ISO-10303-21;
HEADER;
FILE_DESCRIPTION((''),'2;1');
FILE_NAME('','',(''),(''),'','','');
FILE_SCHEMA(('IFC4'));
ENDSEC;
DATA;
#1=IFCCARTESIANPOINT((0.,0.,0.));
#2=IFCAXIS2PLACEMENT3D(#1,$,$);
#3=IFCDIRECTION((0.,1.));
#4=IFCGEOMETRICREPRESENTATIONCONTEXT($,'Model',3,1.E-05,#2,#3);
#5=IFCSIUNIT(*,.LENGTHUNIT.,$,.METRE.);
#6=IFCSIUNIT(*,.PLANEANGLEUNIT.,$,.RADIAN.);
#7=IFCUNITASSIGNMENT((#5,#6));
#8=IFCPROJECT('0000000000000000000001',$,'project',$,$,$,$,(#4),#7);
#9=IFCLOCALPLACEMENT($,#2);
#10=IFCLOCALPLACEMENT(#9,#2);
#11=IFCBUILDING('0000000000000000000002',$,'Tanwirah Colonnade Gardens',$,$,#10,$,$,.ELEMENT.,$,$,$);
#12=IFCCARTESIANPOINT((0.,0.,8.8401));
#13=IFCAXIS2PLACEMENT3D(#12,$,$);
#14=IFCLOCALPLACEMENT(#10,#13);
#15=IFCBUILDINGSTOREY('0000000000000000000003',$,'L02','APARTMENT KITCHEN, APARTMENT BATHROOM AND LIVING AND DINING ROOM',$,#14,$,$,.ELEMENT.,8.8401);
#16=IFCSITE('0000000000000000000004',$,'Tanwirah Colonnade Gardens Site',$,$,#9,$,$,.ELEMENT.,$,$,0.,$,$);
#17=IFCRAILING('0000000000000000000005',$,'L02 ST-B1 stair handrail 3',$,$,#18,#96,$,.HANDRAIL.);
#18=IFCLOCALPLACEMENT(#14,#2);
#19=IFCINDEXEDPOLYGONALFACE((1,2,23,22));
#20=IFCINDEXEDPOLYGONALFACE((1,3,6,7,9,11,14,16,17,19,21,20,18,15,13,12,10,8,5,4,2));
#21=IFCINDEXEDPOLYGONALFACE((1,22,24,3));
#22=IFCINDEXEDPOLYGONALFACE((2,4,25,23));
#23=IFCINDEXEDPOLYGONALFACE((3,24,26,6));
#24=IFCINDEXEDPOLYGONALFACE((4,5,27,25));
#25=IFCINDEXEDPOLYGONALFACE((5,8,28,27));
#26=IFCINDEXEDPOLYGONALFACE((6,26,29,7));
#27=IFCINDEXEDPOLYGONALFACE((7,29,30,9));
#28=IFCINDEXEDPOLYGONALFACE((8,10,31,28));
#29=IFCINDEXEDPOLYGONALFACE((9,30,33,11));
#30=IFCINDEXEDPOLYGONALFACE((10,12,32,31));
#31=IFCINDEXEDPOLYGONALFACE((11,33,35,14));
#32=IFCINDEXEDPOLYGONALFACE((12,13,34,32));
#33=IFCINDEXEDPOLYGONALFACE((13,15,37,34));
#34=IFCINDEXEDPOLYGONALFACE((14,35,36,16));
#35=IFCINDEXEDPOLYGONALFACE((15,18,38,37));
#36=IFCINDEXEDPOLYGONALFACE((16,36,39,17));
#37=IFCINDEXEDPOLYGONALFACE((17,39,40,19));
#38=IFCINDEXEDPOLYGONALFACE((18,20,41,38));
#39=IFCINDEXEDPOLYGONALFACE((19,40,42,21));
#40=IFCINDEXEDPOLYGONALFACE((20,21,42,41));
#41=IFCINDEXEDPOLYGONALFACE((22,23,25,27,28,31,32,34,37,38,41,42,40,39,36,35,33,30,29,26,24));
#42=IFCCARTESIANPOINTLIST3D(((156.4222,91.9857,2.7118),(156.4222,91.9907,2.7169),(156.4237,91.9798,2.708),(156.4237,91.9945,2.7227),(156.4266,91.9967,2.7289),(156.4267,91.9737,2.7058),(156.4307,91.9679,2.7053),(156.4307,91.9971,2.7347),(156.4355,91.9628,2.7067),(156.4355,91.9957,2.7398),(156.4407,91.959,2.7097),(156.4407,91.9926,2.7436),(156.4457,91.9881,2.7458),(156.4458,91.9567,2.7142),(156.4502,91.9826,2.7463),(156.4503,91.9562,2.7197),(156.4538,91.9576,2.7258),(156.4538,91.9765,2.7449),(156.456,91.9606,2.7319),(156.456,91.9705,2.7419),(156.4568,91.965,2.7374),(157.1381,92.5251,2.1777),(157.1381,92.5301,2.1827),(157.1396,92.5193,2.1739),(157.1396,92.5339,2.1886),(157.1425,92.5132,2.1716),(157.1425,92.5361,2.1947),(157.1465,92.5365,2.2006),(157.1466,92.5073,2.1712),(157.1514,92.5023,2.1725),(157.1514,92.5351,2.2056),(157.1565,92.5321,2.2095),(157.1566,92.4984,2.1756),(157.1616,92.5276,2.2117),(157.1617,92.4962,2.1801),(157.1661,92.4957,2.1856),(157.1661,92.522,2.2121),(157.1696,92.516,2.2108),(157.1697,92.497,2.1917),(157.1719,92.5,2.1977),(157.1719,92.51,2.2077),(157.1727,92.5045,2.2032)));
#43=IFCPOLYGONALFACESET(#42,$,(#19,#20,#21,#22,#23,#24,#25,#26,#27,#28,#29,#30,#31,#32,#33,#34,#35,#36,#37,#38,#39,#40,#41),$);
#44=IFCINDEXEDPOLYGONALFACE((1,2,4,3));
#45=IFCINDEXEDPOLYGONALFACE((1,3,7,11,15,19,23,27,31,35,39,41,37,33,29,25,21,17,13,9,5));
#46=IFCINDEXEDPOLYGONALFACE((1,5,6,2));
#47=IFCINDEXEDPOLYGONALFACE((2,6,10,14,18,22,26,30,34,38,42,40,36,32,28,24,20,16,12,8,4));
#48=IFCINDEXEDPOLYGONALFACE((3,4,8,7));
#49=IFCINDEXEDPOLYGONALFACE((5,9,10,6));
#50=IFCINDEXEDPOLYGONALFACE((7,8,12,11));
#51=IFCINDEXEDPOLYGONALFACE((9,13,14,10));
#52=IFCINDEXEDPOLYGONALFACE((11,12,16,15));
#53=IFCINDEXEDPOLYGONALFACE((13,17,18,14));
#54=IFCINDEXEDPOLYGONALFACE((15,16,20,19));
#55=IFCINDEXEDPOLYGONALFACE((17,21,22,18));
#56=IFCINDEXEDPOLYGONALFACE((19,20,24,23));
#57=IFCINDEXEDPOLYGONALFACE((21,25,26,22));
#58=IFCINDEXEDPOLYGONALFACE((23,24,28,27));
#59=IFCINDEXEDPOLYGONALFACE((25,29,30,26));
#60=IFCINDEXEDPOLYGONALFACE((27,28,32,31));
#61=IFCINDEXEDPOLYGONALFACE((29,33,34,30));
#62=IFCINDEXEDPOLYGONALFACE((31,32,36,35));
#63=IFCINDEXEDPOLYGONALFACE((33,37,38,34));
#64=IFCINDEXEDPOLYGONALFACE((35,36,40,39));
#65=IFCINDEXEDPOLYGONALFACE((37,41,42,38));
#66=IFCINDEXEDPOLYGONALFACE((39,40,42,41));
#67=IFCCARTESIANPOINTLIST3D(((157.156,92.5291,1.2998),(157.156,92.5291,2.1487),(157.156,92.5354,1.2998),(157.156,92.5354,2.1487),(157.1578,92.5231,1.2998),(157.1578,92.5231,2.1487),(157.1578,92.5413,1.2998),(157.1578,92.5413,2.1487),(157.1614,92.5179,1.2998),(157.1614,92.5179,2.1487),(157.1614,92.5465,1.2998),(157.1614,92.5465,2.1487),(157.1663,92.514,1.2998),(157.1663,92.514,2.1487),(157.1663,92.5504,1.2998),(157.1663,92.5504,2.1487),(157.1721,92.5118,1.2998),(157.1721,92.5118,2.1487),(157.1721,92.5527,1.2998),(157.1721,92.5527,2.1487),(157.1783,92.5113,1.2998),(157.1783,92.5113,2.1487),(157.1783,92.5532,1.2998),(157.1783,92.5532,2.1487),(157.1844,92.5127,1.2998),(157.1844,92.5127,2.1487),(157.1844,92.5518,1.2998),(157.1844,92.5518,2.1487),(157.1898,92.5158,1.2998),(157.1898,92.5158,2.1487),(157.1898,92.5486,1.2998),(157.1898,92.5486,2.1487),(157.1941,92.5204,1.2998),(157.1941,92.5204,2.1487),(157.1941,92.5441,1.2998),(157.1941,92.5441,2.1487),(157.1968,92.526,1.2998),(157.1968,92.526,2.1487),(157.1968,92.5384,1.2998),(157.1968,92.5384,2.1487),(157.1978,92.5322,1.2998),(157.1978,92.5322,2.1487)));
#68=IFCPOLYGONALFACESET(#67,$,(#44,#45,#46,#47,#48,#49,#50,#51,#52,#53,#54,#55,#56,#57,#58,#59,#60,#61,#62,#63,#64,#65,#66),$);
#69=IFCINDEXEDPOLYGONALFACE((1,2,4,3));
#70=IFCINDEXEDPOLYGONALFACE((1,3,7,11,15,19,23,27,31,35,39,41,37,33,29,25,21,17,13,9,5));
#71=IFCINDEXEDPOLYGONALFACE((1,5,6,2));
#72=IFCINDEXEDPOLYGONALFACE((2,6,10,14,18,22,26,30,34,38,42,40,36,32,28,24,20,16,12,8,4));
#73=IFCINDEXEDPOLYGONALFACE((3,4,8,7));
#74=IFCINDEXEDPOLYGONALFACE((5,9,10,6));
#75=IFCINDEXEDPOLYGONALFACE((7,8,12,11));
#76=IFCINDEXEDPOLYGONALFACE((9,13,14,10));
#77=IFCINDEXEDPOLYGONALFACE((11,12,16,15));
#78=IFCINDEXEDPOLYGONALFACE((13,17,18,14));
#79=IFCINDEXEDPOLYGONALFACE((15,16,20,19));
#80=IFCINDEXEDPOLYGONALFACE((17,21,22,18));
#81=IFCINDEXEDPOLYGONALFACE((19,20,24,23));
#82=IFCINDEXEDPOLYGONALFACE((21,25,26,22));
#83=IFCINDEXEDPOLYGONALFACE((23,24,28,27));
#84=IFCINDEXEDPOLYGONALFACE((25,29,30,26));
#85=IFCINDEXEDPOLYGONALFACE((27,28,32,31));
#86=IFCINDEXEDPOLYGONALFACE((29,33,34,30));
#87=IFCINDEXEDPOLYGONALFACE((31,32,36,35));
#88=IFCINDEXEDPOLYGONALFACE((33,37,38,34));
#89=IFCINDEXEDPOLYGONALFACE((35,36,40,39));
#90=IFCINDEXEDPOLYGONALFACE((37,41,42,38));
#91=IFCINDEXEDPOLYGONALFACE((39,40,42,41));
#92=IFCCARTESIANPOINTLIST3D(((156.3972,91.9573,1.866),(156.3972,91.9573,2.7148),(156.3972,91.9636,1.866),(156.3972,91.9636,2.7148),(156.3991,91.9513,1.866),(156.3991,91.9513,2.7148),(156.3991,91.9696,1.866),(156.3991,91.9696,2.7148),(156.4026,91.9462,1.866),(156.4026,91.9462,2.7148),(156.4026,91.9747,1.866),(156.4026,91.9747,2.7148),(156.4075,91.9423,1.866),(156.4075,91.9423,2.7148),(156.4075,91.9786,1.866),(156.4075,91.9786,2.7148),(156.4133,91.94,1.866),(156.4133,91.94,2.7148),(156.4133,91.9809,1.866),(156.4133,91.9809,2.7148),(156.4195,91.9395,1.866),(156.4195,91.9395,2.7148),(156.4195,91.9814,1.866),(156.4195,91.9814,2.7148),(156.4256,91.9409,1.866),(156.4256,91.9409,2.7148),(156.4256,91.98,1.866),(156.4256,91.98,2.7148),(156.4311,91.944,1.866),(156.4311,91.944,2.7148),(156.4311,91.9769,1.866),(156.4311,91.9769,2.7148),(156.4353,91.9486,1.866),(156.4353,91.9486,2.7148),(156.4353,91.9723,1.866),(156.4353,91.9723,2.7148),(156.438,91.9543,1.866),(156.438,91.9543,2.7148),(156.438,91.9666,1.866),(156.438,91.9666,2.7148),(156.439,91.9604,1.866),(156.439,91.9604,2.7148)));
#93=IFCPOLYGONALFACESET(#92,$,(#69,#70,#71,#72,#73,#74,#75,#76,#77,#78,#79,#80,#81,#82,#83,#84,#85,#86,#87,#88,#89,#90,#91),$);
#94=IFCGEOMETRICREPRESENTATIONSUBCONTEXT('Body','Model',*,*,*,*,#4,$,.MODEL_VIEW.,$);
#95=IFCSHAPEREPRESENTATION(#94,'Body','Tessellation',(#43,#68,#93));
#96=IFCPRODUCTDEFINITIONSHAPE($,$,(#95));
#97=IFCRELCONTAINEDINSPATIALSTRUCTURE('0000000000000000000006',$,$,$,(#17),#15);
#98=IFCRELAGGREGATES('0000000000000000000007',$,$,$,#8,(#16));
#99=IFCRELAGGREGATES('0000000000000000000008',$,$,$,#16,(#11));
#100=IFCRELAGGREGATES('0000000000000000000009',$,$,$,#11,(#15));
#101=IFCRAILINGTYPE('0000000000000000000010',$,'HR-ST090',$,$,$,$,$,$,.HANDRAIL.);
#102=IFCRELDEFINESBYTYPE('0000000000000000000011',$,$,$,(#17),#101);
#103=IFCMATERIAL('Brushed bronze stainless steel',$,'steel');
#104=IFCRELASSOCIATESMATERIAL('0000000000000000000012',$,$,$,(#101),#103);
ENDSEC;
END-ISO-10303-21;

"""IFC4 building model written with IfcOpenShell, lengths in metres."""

from ifc_helpers import new_model, si_unit, direction, frame, origin, origin_2d, place, context, subcontext, project, spatial, circle, extrude, material, type_object, element, save


model = new_model("IFC4")

# Units and contexts
model_context = context("Model", 3, precision=1e-05, world=origin(), true_north=direction((0.0, 1.0)))
body_context = subcontext(model_context, "Body", "Model", "MODEL_VIEW")
ifc_project = project(units=[si_unit("LENGTHUNIT", "METRE"), si_unit("PLANEANGLEUNIT", "RADIAN")], contexts=[model_context])

# Site, building, storey
site_placement = place(None, origin())
site = spatial("IfcSite", under=ifc_project, at=site_placement, Name="Tanwirah Colonnade Gardens Site", CompositionType="ELEMENT", RefElevation=0.0)
building_placement = place(site_placement, origin())
building = spatial("IfcBuilding", under=site, at=building_placement, Name="Tanwirah Colonnade Gardens", CompositionType="ELEMENT")
storey_placement = place(building_placement, frame((0.0, 0.0, 8.8401)))
storey = spatial("IfcBuildingStorey", under=building, at=storey_placement, Name="L02", Description="APARTMENT KITCHEN, APARTMENT BATHROOM AND LIVING AND DINING ROOM", CompositionType="ELEMENT", Elevation=8.8401)

# Railing
ifc_material_1 = material(Name="Brushed bronze stainless steel", Category="steel")
railing_type_1 = type_object("IfcRailingType", Name="HR-ST090", PredefinedType="HANDRAIL", material=ifc_material_1)
railing_1_placement = place(storey_placement, frame((157.1768, 92.5322, 1.2998)))
element("IfcRailing", 1, at=railing_1_placement, inside=storey, type_object=railing_type_1, Name="L02 ST-B1 stair handrail 3", PredefinedType="HANDRAIL", context=body_context, shape_type="SweptSolid", body=[
    extrude(circle(Radius=0.0239, at=origin_2d()), frame((-0.0215, -0.0161, 0.8918), z_axis=(-0.686068, -0.516979, 0.511902), x_axis=(0.601807, -0.798641, 0.0)), (0.0, 0.0, 1.0), 1.0435),
    extrude(circle(Radius=0.021, at=origin_2d()), origin(), (0.0, 0.0, 1.0), 0.8489),
    extrude(circle(Radius=0.021, at=origin_2d()), frame((-0.7588, -0.5718, 0.5662)), (0.0, 0.0, 1.0), 0.8489),
])

save(model, "model.ifc")
